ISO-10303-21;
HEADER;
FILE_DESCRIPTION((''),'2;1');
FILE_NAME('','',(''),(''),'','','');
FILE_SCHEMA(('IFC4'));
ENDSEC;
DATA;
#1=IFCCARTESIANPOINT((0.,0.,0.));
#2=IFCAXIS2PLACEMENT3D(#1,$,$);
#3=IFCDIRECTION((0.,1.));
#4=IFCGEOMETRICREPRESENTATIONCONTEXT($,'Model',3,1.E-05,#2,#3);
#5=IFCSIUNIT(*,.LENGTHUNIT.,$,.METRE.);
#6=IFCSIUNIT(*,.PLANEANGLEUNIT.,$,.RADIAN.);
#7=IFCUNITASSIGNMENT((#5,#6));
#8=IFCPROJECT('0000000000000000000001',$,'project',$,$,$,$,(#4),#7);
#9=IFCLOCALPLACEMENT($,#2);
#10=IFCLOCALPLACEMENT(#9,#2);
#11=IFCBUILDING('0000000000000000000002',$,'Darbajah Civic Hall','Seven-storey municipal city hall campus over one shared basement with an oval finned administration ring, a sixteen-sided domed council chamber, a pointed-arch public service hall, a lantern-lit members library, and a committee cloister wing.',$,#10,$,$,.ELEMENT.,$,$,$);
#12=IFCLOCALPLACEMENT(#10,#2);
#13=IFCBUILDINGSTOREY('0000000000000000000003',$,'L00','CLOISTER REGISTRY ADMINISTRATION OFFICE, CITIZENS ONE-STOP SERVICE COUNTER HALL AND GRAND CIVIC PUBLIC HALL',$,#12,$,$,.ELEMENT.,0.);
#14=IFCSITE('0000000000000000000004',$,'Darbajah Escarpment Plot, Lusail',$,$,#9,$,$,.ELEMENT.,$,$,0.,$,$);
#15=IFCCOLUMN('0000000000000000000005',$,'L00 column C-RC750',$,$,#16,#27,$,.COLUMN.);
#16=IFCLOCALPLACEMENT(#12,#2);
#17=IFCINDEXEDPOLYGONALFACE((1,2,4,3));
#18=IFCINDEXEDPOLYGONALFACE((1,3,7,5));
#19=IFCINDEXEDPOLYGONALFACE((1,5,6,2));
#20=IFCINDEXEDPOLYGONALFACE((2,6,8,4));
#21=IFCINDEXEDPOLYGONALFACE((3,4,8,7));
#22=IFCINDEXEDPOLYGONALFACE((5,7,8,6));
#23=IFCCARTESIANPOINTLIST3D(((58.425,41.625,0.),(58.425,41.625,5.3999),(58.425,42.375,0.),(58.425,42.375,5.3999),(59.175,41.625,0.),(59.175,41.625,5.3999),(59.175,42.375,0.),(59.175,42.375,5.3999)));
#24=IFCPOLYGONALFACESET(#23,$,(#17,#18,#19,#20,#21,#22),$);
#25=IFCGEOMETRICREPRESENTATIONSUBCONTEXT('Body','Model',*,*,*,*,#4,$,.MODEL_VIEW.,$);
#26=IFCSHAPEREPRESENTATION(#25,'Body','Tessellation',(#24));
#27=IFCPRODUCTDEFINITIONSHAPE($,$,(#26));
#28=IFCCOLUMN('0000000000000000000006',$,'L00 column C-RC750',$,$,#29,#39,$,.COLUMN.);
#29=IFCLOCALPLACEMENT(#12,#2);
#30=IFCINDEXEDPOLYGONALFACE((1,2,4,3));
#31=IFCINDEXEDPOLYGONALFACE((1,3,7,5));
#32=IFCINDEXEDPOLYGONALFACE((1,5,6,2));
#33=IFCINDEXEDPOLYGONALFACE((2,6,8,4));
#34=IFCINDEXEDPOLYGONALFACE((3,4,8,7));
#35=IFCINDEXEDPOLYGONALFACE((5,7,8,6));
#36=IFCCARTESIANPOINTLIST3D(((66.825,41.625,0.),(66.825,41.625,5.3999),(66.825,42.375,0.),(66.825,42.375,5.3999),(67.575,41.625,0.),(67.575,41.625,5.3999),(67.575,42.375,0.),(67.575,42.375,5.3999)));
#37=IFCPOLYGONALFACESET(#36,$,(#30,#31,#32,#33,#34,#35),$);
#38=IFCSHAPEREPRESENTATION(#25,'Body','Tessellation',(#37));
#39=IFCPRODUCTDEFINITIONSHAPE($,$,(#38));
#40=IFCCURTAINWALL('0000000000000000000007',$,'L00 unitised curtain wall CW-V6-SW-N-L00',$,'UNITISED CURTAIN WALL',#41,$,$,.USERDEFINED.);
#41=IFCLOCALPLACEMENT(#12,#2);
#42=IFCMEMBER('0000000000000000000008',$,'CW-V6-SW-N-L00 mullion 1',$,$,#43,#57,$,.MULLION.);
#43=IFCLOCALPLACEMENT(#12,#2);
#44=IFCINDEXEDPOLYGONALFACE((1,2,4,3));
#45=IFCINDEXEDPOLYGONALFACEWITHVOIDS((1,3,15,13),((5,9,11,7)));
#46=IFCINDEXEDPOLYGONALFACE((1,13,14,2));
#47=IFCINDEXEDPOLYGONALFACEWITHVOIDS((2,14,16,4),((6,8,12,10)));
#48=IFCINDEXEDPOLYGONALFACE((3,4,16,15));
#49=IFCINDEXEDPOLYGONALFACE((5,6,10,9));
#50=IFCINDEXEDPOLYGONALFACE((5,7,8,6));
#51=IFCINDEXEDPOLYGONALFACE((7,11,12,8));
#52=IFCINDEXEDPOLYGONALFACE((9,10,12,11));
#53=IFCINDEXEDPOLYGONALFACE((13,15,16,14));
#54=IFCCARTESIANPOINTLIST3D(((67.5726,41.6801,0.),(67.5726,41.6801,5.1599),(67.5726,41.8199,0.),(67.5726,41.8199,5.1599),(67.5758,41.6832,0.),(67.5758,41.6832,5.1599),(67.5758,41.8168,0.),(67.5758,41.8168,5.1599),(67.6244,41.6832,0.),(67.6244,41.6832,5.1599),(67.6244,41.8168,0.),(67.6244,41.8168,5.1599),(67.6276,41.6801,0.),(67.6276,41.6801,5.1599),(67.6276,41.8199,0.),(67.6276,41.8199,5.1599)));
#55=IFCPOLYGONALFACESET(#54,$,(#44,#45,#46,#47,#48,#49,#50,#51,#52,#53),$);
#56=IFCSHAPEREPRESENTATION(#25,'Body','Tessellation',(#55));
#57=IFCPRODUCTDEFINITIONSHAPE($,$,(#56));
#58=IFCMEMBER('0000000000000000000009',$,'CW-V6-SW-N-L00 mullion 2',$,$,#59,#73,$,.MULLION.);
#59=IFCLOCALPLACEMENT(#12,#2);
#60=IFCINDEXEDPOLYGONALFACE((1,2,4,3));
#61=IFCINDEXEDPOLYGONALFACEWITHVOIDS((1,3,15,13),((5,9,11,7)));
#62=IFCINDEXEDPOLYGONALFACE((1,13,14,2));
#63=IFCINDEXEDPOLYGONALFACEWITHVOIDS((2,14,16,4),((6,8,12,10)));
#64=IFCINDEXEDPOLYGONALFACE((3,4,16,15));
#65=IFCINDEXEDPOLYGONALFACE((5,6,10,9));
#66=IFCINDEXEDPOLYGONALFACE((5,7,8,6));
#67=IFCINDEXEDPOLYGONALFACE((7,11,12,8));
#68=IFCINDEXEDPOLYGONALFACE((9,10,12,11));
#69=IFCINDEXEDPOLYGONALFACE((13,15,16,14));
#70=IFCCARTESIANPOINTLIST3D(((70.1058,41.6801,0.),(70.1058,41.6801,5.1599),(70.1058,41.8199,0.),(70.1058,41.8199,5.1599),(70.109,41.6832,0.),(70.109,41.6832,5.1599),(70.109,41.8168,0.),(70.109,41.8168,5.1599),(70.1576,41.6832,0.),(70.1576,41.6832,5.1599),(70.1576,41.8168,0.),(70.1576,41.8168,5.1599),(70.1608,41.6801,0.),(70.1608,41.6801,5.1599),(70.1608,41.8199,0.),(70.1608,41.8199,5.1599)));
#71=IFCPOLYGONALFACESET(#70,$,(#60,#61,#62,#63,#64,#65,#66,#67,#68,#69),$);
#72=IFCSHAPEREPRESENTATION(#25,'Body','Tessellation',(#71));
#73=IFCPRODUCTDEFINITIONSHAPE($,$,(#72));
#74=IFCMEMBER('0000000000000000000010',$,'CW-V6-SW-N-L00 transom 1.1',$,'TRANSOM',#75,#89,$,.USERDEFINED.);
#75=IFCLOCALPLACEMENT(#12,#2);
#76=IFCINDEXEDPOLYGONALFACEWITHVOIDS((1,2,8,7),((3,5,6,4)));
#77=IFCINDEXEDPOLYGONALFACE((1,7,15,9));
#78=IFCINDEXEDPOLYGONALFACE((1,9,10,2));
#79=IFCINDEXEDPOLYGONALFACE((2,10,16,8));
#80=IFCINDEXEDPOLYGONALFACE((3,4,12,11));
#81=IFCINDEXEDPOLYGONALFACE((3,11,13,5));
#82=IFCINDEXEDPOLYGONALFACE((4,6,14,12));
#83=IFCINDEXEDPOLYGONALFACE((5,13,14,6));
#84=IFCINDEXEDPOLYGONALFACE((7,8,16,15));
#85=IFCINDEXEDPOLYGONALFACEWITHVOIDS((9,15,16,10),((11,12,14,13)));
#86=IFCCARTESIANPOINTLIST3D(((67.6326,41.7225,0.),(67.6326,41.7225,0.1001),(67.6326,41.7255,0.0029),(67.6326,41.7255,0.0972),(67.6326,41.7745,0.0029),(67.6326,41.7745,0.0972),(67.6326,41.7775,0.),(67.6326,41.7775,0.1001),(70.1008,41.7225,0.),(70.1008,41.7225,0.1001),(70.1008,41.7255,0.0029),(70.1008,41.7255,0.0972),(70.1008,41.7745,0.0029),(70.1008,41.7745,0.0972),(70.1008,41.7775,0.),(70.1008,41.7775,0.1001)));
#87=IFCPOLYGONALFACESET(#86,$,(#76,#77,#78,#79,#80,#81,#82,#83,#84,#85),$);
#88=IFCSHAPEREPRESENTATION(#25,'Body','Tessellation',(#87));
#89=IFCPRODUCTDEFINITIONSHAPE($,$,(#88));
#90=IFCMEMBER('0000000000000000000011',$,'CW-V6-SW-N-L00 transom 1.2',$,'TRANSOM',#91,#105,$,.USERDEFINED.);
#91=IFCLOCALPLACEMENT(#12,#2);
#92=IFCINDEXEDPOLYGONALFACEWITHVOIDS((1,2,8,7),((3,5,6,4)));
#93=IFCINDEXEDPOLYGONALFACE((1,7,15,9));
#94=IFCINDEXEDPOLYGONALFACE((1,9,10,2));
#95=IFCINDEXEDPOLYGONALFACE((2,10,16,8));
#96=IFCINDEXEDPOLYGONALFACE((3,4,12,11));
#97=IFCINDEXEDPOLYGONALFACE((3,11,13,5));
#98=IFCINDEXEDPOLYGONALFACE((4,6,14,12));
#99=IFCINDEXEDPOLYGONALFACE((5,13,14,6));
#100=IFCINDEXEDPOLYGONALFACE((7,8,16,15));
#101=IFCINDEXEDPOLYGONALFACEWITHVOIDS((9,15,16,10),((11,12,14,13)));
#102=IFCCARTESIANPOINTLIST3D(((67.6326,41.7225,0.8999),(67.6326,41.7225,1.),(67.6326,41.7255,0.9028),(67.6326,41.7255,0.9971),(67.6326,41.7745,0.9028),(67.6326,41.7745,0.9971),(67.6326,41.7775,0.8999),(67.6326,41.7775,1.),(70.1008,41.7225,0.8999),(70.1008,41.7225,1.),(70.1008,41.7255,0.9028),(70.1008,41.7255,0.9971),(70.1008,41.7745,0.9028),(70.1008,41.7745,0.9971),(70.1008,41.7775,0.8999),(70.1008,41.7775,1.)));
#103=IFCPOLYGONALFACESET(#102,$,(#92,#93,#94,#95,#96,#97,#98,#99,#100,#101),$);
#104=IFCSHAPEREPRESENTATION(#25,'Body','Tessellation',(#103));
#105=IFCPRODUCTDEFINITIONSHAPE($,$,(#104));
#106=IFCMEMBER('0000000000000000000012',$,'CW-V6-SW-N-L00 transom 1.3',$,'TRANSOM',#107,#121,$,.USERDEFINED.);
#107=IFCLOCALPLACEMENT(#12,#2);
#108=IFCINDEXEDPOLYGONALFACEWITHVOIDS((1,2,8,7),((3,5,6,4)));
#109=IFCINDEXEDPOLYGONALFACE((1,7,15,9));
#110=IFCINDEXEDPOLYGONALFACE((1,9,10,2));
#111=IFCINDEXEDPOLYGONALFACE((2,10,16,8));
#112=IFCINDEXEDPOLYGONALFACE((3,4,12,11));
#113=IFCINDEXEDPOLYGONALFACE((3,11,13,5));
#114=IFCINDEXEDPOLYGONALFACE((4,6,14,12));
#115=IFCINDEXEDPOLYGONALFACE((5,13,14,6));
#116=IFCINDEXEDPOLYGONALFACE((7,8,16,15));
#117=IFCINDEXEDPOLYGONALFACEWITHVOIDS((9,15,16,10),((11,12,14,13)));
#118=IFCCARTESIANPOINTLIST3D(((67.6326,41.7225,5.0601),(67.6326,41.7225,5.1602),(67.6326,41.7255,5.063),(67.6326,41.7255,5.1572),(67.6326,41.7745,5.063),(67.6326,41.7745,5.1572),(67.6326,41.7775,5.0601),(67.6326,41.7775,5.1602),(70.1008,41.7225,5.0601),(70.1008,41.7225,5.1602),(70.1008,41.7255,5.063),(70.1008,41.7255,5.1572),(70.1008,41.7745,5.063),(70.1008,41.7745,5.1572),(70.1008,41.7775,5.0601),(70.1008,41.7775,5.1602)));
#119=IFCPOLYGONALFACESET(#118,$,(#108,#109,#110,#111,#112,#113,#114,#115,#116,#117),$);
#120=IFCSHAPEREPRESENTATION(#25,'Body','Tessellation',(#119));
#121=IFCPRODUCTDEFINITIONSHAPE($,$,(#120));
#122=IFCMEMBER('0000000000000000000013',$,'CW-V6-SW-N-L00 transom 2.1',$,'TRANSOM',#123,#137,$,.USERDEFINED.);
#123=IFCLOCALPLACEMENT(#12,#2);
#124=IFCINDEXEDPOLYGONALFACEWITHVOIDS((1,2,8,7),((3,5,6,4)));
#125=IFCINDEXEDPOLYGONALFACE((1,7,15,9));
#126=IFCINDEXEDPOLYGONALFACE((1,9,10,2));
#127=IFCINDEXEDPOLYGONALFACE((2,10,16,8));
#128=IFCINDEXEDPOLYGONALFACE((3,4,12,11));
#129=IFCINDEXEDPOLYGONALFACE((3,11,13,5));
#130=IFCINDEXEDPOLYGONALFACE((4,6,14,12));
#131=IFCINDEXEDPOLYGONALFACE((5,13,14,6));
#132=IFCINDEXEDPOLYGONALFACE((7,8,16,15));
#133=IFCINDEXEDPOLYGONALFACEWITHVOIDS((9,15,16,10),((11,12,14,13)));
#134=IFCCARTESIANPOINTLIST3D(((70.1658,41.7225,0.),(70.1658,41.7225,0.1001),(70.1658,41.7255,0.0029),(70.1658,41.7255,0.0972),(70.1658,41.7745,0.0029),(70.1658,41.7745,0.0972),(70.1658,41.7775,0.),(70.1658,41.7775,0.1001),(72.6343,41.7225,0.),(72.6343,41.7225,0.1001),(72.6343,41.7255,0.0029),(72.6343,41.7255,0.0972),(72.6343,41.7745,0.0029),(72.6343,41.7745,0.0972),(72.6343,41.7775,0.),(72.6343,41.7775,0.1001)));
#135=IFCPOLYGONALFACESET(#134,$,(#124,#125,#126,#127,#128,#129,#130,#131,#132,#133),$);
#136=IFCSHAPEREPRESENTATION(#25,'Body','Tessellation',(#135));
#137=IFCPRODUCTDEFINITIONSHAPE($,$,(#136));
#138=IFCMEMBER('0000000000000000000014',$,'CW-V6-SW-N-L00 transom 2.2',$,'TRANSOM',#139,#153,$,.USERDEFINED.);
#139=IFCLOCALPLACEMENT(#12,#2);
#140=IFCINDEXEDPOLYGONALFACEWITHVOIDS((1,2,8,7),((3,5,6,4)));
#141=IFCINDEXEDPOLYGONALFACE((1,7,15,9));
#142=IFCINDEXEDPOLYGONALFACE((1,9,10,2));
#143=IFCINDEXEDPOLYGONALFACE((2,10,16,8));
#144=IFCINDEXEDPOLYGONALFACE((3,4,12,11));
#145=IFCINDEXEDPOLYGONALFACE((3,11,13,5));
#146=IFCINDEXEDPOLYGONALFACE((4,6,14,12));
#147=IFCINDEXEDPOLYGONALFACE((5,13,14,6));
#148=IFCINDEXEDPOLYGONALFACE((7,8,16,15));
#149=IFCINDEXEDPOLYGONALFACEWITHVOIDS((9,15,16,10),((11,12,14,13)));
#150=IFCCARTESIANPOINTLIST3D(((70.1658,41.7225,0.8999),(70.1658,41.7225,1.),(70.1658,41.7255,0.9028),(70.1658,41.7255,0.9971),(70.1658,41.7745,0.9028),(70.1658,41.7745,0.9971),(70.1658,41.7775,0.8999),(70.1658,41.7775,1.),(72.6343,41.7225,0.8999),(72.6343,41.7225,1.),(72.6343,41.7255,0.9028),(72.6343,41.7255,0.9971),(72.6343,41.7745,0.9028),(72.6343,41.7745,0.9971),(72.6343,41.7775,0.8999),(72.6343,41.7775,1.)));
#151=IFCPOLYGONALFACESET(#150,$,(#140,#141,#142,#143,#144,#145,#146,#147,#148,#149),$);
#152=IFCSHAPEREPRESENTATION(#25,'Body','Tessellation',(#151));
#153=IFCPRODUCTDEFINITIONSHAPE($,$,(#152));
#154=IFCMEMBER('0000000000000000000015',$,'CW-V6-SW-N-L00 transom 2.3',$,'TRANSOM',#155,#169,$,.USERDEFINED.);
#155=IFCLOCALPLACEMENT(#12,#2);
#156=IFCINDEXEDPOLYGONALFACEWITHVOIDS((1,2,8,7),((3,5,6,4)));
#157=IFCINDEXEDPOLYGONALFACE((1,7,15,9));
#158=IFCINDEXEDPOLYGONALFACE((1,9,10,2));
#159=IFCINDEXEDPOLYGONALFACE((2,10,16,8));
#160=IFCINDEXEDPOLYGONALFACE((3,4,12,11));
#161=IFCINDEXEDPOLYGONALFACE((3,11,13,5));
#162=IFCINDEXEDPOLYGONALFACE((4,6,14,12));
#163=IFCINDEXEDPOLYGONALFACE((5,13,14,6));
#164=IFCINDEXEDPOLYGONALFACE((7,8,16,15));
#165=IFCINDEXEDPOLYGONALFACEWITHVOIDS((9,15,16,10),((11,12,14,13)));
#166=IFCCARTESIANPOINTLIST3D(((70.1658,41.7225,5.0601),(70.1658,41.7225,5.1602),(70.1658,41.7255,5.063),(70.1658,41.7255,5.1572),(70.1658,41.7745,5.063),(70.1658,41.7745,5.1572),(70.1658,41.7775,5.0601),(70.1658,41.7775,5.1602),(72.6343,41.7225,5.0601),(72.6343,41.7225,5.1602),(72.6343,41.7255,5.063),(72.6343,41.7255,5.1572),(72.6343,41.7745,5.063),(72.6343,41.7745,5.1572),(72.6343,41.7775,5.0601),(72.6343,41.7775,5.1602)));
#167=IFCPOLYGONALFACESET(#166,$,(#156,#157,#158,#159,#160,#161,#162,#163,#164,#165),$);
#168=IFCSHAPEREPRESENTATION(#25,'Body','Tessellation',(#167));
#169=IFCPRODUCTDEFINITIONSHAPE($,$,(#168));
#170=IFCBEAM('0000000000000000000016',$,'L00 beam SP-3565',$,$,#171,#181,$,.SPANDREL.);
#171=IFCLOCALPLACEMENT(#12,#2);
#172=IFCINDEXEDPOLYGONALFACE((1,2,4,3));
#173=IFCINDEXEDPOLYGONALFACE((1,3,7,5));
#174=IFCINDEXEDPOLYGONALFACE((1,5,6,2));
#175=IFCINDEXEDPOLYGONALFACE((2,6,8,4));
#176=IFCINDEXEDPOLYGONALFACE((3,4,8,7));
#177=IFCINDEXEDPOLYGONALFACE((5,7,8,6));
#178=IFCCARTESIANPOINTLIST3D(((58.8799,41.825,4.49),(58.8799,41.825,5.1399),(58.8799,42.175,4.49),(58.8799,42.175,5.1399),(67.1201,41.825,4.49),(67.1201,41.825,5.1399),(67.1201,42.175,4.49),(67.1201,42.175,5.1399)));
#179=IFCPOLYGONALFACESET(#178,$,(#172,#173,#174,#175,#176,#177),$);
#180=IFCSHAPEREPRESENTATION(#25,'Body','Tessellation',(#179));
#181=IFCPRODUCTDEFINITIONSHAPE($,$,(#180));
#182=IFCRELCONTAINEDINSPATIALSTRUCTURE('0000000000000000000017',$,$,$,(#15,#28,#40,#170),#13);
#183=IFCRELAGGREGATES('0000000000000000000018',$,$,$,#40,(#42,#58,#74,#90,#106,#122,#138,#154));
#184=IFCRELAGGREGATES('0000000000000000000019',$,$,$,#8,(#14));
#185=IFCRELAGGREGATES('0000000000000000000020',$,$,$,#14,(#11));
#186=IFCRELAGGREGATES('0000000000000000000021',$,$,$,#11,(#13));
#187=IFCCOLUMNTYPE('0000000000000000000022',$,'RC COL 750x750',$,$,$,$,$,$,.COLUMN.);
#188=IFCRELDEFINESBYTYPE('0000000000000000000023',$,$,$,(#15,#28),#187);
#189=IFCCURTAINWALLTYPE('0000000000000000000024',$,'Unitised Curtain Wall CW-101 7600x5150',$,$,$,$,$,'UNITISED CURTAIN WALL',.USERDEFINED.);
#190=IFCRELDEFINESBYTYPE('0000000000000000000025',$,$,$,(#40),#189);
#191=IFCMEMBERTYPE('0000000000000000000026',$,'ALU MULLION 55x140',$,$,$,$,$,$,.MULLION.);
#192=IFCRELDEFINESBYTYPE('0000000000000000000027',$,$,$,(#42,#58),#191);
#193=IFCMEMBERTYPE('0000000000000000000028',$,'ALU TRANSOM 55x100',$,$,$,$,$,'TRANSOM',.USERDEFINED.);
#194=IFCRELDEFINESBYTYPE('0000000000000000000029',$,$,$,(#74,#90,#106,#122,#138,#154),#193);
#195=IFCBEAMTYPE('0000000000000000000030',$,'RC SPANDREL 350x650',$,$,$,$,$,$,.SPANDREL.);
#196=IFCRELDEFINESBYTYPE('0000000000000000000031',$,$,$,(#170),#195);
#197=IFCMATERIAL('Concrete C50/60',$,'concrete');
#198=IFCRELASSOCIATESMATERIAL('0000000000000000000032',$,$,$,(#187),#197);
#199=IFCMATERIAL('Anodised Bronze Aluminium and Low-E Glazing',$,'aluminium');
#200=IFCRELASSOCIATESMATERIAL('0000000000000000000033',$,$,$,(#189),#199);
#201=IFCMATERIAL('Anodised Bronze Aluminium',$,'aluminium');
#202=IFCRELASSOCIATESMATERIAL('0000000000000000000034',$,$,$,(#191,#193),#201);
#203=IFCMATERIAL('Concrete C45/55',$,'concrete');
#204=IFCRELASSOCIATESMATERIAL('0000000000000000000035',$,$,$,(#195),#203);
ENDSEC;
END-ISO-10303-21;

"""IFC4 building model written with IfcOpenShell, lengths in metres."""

from ifc_helpers import new_model, si_unit, direction, frame, origin, origin_2d, place, context, subcontext, project, spatial, rectangle, hollow_rectangle, extrude, material, material_profile, profile_set, type_object, element, aggregate, save


model = new_model("IFC4")

# Units and contexts
model_context = context("Model", 3, precision=1e-05, world=origin(), true_north=direction((0.0, 1.0)))
body_context = subcontext(model_context, "Body", "Model", "MODEL_VIEW")
ifc_project = project(units=[si_unit("LENGTHUNIT", "METRE"), si_unit("PLANEANGLEUNIT", "RADIAN")], contexts=[model_context])

# Site, building, storey
site_placement = place(None, origin())
site = spatial("IfcSite", under=ifc_project, at=site_placement, Name="Darbajah Escarpment Plot, Lusail", CompositionType="ELEMENT", RefElevation=0.0)
building_placement = place(site_placement, origin())
building = spatial("IfcBuilding", under=site, at=building_placement, Name="Darbajah Civic Hall", Description="Seven-storey municipal city hall campus over one shared basement with an oval finned administration ring, a sixteen-sided domed council chamber, a pointed-arch public service hall, a lantern-lit members library, and a committee cloister wing.", CompositionType="ELEMENT")
storey_placement = place(building_placement, origin())
storey = spatial("IfcBuildingStorey", under=building, at=storey_placement, Name="L00", Description="CLOISTER REGISTRY ADMINISTRATION OFFICE, CITIZENS ONE-STOP SERVICE COUNTER HALL AND GRAND CIVIC PUBLIC HALL", CompositionType="ELEMENT", Elevation=0.0)

# Columns
ifc_material_1 = material(Name="Concrete C50/60", Category="concrete")
ifc_material_profile_1 = material_profile(ifc_material_1, rectangle(XDim=0.75, YDim=0.75, at=origin_2d()), Name="RC COL 750x750")
ifc_profile_set_1 = profile_set([ifc_material_profile_1], Name="Concrete C50/60")
column_type = type_object("IfcColumnType", Name="RC COL 750x750", PredefinedType="COLUMN", material=ifc_profile_set_1)
for number, where, z_axis, x_axis, name in (
    (1, (58.8, 42.0, 0.0), (0.0, 0.0, 1.0), (1.0, 0.0, 0.0), "L00 column C-RC750"),
    (2, (67.2, 42.0, 0.0), (0.0, 0.0, 1.0), (1.0, 0.0, 0.0), "L00 column C-RC750"),
):
    element("IfcColumn", number, at=place(storey_placement, frame(where, z_axis=z_axis, x_axis=x_axis)), inside=storey, type_object=column_type, Name=name, PredefinedType="COLUMN", context=body_context, shape_type="SweptSolid", body=[
        extrude(rectangle(XDim=0.75, YDim=0.75, at=origin_2d()), origin(), (0.0, 0.0, 1.0), 5.3999),
    ])

# Curtain wall, members
ifc_material_2 = material(Name="Anodised Bronze Aluminium and Low-E Glazing", Category="aluminium")
curtain_wall_type = type_object("IfcCurtainWallType", Name="Unitised Curtain Wall CW-101 7600x5150", ElementType="UNITISED CURTAIN WALL", PredefinedType="USERDEFINED", material=ifc_material_2)
curtain_wall_placement = place(storey_placement, origin())
curtain_wall = element("IfcCurtainWall", 3, at=curtain_wall_placement, inside=storey, type_object=curtain_wall_type, Name="L00 unitised curtain wall CW-V6-SW-N-L00", ObjectType="UNITISED CURTAIN WALL", PredefinedType="USERDEFINED")
ifc_material_3 = material(Name="Anodised Bronze Aluminium", Category="aluminium")
ifc_material_profile_2 = material_profile(ifc_material_3, hollow_rectangle(XDim=0.0549, YDim=0.1399, WallThickness=0.0032, at=origin_2d()), Name="ALU MULLION 55x140")
ifc_profile_set_2 = profile_set([ifc_material_profile_2], Name="Anodised Bronze Aluminium")
member_type_1 = type_object("IfcMemberType", Name="ALU MULLION 55x140", PredefinedType="MULLION", material=ifc_profile_set_2)
member_1_placement = place(storey_placement, frame((67.6001, 41.75, 0.0), z_axis=(0.0, 0.0, 1.0), x_axis=(1.0, 0.0, 0.0)))
member_1 = element("IfcMember", 4, at=member_1_placement, type_object=member_type_1, Name="CW-V6-SW-N-L00 mullion 1", PredefinedType="MULLION", context=body_context, shape_type="SweptSolid", body=[
    extrude(hollow_rectangle(XDim=0.0549, YDim=0.1399, WallThickness=0.0032, at=origin_2d()), origin(), (0.0, 0.0, 1.0), 5.1599),
])
member_2_placement = place(storey_placement, frame((70.1333, 41.75, 0.0), z_axis=(0.0, 0.0, 1.0), x_axis=(1.0, 0.0, 0.0)))
member_2 = element("IfcMember", 5, at=member_2_placement, type_object=member_type_1, Name="CW-V6-SW-N-L00 mullion 2", PredefinedType="MULLION", context=body_context, shape_type="SweptSolid", body=[
    extrude(hollow_rectangle(XDim=0.0549, YDim=0.1399, WallThickness=0.0032, at=origin_2d()), origin(), (0.0, 0.0, 1.0), 5.1599),
])
ifc_material_profile_3 = material_profile(ifc_material_3, hollow_rectangle(XDim=0.0549, YDim=0.1001, WallThickness=0.0029, at=origin_2d()), Name="ALU TRANSOM 55x100")
ifc_profile_set_3 = profile_set([ifc_material_profile_3], Name="Anodised Bronze Aluminium")
member_type_2 = type_object("IfcMemberType", Name="ALU TRANSOM 55x100", ElementType="TRANSOM", PredefinedType="USERDEFINED", material=ifc_profile_set_3)
member_3_placement = place(storey_placement, frame((67.6326, 41.75, 0.05), z_axis=(1.0, 0.0, 0.0), x_axis=(0.0, 1.0, 0.0)))
member_3 = element("IfcMember", 6, at=member_3_placement, type_object=member_type_2, Name="CW-V6-SW-N-L00 transom 1.1", ObjectType="TRANSOM", PredefinedType="USERDEFINED", context=body_context, shape_type="SweptSolid", body=[
    extrude(hollow_rectangle(XDim=0.0549, YDim=0.1001, WallThickness=0.0029, at=origin_2d()), origin(), (0.0, 0.0, 1.0), 2.4683),
])
member_4_placement = place(storey_placement, frame((67.6326, 41.75, 0.95), z_axis=(1.0, 0.0, 0.0), x_axis=(0.0, 1.0, 0.0)))
member_4 = element("IfcMember", 7, at=member_4_placement, type_object=member_type_2, Name="CW-V6-SW-N-L00 transom 1.2", ObjectType="TRANSOM", PredefinedType="USERDEFINED", context=body_context, shape_type="SweptSolid", body=[
    extrude(hollow_rectangle(XDim=0.0549, YDim=0.1001, WallThickness=0.0029, at=origin_2d()), origin(), (0.0, 0.0, 1.0), 2.4683),
])
member_5_placement = place(storey_placement, frame((67.6326, 41.75, 5.1101), z_axis=(1.0, 0.0, 0.0), x_axis=(0.0, 1.0, 0.0)))
member_5 = element("IfcMember", 8, at=member_5_placement, type_object=member_type_2, Name="CW-V6-SW-N-L00 transom 1.3", ObjectType="TRANSOM", PredefinedType="USERDEFINED", context=body_context, shape_type="SweptSolid", body=[
    extrude(hollow_rectangle(XDim=0.0549, YDim=0.1001, WallThickness=0.0029, at=origin_2d()), origin(), (0.0, 0.0, 1.0), 2.4683),
])
member_6_placement = place(storey_placement, frame((70.1658, 41.75, 0.05), z_axis=(1.0, 0.0, 0.0), x_axis=(0.0, 1.0, 0.0)))
member_6 = element("IfcMember", 9, at=member_6_placement, type_object=member_type_2, Name="CW-V6-SW-N-L00 transom 2.1", ObjectType="TRANSOM", PredefinedType="USERDEFINED", context=body_context, shape_type="SweptSolid", body=[
    extrude(hollow_rectangle(XDim=0.0549, YDim=0.1001, WallThickness=0.0029, at=origin_2d()), origin(), (0.0, 0.0, 1.0), 2.4685),
])
member_7_placement = place(storey_placement, frame((70.1658, 41.75, 0.95), z_axis=(1.0, 0.0, 0.0), x_axis=(0.0, 1.0, 0.0)))
member_7 = element("IfcMember", 10, at=member_7_placement, type_object=member_type_2, Name="CW-V6-SW-N-L00 transom 2.2", ObjectType="TRANSOM", PredefinedType="USERDEFINED", context=body_context, shape_type="SweptSolid", body=[
    extrude(hollow_rectangle(XDim=0.0549, YDim=0.1001, WallThickness=0.0029, at=origin_2d()), origin(), (0.0, 0.0, 1.0), 2.4685),
])
member_8_placement = place(storey_placement, frame((70.1658, 41.75, 5.1101), z_axis=(1.0, 0.0, 0.0), x_axis=(0.0, 1.0, 0.0)))
member_8 = element("IfcMember", 11, at=member_8_placement, type_object=member_type_2, Name="CW-V6-SW-N-L00 transom 2.3", ObjectType="TRANSOM", PredefinedType="USERDEFINED", context=body_context, shape_type="SweptSolid", body=[
    extrude(hollow_rectangle(XDim=0.0549, YDim=0.1001, WallThickness=0.0029, at=origin_2d()), origin(), (0.0, 0.0, 1.0), 2.4685),
])

# Beam
ifc_material_4 = material(Name="Concrete C45/55", Category="concrete")
ifc_material_profile_4 = material_profile(ifc_material_4, rectangle(XDim=0.3501, YDim=0.6499, at=origin_2d()), Name="RC SPANDREL 350x650")
ifc_profile_set_4 = profile_set([ifc_material_profile_4], Name="Concrete C45/55")
beam_type_1 = type_object("IfcBeamType", Name="RC SPANDREL 350x650", PredefinedType="SPANDREL", material=ifc_profile_set_4)
beam_1_placement = place(storey_placement, frame((58.8799, 42.0, 4.8149), z_axis=(1.0, 0.0, 0.0), x_axis=(0.0, 1.0, 0.0)))
element("IfcBeam", 12, at=beam_1_placement, inside=storey, type_object=beam_type_1, Name="L00 beam SP-3565", PredefinedType="SPANDREL", context=body_context, shape_type="SweptSolid", body=[
    extrude(rectangle(XDim=0.3501, YDim=0.6499, at=origin_2d()), origin(), (0.0, 0.0, 1.0), 8.2402),
])

aggregate(curtain_wall, [member_1, member_2, member_3, member_4, member_5, member_6, member_7, member_8])

save(model, "model.ifc")
